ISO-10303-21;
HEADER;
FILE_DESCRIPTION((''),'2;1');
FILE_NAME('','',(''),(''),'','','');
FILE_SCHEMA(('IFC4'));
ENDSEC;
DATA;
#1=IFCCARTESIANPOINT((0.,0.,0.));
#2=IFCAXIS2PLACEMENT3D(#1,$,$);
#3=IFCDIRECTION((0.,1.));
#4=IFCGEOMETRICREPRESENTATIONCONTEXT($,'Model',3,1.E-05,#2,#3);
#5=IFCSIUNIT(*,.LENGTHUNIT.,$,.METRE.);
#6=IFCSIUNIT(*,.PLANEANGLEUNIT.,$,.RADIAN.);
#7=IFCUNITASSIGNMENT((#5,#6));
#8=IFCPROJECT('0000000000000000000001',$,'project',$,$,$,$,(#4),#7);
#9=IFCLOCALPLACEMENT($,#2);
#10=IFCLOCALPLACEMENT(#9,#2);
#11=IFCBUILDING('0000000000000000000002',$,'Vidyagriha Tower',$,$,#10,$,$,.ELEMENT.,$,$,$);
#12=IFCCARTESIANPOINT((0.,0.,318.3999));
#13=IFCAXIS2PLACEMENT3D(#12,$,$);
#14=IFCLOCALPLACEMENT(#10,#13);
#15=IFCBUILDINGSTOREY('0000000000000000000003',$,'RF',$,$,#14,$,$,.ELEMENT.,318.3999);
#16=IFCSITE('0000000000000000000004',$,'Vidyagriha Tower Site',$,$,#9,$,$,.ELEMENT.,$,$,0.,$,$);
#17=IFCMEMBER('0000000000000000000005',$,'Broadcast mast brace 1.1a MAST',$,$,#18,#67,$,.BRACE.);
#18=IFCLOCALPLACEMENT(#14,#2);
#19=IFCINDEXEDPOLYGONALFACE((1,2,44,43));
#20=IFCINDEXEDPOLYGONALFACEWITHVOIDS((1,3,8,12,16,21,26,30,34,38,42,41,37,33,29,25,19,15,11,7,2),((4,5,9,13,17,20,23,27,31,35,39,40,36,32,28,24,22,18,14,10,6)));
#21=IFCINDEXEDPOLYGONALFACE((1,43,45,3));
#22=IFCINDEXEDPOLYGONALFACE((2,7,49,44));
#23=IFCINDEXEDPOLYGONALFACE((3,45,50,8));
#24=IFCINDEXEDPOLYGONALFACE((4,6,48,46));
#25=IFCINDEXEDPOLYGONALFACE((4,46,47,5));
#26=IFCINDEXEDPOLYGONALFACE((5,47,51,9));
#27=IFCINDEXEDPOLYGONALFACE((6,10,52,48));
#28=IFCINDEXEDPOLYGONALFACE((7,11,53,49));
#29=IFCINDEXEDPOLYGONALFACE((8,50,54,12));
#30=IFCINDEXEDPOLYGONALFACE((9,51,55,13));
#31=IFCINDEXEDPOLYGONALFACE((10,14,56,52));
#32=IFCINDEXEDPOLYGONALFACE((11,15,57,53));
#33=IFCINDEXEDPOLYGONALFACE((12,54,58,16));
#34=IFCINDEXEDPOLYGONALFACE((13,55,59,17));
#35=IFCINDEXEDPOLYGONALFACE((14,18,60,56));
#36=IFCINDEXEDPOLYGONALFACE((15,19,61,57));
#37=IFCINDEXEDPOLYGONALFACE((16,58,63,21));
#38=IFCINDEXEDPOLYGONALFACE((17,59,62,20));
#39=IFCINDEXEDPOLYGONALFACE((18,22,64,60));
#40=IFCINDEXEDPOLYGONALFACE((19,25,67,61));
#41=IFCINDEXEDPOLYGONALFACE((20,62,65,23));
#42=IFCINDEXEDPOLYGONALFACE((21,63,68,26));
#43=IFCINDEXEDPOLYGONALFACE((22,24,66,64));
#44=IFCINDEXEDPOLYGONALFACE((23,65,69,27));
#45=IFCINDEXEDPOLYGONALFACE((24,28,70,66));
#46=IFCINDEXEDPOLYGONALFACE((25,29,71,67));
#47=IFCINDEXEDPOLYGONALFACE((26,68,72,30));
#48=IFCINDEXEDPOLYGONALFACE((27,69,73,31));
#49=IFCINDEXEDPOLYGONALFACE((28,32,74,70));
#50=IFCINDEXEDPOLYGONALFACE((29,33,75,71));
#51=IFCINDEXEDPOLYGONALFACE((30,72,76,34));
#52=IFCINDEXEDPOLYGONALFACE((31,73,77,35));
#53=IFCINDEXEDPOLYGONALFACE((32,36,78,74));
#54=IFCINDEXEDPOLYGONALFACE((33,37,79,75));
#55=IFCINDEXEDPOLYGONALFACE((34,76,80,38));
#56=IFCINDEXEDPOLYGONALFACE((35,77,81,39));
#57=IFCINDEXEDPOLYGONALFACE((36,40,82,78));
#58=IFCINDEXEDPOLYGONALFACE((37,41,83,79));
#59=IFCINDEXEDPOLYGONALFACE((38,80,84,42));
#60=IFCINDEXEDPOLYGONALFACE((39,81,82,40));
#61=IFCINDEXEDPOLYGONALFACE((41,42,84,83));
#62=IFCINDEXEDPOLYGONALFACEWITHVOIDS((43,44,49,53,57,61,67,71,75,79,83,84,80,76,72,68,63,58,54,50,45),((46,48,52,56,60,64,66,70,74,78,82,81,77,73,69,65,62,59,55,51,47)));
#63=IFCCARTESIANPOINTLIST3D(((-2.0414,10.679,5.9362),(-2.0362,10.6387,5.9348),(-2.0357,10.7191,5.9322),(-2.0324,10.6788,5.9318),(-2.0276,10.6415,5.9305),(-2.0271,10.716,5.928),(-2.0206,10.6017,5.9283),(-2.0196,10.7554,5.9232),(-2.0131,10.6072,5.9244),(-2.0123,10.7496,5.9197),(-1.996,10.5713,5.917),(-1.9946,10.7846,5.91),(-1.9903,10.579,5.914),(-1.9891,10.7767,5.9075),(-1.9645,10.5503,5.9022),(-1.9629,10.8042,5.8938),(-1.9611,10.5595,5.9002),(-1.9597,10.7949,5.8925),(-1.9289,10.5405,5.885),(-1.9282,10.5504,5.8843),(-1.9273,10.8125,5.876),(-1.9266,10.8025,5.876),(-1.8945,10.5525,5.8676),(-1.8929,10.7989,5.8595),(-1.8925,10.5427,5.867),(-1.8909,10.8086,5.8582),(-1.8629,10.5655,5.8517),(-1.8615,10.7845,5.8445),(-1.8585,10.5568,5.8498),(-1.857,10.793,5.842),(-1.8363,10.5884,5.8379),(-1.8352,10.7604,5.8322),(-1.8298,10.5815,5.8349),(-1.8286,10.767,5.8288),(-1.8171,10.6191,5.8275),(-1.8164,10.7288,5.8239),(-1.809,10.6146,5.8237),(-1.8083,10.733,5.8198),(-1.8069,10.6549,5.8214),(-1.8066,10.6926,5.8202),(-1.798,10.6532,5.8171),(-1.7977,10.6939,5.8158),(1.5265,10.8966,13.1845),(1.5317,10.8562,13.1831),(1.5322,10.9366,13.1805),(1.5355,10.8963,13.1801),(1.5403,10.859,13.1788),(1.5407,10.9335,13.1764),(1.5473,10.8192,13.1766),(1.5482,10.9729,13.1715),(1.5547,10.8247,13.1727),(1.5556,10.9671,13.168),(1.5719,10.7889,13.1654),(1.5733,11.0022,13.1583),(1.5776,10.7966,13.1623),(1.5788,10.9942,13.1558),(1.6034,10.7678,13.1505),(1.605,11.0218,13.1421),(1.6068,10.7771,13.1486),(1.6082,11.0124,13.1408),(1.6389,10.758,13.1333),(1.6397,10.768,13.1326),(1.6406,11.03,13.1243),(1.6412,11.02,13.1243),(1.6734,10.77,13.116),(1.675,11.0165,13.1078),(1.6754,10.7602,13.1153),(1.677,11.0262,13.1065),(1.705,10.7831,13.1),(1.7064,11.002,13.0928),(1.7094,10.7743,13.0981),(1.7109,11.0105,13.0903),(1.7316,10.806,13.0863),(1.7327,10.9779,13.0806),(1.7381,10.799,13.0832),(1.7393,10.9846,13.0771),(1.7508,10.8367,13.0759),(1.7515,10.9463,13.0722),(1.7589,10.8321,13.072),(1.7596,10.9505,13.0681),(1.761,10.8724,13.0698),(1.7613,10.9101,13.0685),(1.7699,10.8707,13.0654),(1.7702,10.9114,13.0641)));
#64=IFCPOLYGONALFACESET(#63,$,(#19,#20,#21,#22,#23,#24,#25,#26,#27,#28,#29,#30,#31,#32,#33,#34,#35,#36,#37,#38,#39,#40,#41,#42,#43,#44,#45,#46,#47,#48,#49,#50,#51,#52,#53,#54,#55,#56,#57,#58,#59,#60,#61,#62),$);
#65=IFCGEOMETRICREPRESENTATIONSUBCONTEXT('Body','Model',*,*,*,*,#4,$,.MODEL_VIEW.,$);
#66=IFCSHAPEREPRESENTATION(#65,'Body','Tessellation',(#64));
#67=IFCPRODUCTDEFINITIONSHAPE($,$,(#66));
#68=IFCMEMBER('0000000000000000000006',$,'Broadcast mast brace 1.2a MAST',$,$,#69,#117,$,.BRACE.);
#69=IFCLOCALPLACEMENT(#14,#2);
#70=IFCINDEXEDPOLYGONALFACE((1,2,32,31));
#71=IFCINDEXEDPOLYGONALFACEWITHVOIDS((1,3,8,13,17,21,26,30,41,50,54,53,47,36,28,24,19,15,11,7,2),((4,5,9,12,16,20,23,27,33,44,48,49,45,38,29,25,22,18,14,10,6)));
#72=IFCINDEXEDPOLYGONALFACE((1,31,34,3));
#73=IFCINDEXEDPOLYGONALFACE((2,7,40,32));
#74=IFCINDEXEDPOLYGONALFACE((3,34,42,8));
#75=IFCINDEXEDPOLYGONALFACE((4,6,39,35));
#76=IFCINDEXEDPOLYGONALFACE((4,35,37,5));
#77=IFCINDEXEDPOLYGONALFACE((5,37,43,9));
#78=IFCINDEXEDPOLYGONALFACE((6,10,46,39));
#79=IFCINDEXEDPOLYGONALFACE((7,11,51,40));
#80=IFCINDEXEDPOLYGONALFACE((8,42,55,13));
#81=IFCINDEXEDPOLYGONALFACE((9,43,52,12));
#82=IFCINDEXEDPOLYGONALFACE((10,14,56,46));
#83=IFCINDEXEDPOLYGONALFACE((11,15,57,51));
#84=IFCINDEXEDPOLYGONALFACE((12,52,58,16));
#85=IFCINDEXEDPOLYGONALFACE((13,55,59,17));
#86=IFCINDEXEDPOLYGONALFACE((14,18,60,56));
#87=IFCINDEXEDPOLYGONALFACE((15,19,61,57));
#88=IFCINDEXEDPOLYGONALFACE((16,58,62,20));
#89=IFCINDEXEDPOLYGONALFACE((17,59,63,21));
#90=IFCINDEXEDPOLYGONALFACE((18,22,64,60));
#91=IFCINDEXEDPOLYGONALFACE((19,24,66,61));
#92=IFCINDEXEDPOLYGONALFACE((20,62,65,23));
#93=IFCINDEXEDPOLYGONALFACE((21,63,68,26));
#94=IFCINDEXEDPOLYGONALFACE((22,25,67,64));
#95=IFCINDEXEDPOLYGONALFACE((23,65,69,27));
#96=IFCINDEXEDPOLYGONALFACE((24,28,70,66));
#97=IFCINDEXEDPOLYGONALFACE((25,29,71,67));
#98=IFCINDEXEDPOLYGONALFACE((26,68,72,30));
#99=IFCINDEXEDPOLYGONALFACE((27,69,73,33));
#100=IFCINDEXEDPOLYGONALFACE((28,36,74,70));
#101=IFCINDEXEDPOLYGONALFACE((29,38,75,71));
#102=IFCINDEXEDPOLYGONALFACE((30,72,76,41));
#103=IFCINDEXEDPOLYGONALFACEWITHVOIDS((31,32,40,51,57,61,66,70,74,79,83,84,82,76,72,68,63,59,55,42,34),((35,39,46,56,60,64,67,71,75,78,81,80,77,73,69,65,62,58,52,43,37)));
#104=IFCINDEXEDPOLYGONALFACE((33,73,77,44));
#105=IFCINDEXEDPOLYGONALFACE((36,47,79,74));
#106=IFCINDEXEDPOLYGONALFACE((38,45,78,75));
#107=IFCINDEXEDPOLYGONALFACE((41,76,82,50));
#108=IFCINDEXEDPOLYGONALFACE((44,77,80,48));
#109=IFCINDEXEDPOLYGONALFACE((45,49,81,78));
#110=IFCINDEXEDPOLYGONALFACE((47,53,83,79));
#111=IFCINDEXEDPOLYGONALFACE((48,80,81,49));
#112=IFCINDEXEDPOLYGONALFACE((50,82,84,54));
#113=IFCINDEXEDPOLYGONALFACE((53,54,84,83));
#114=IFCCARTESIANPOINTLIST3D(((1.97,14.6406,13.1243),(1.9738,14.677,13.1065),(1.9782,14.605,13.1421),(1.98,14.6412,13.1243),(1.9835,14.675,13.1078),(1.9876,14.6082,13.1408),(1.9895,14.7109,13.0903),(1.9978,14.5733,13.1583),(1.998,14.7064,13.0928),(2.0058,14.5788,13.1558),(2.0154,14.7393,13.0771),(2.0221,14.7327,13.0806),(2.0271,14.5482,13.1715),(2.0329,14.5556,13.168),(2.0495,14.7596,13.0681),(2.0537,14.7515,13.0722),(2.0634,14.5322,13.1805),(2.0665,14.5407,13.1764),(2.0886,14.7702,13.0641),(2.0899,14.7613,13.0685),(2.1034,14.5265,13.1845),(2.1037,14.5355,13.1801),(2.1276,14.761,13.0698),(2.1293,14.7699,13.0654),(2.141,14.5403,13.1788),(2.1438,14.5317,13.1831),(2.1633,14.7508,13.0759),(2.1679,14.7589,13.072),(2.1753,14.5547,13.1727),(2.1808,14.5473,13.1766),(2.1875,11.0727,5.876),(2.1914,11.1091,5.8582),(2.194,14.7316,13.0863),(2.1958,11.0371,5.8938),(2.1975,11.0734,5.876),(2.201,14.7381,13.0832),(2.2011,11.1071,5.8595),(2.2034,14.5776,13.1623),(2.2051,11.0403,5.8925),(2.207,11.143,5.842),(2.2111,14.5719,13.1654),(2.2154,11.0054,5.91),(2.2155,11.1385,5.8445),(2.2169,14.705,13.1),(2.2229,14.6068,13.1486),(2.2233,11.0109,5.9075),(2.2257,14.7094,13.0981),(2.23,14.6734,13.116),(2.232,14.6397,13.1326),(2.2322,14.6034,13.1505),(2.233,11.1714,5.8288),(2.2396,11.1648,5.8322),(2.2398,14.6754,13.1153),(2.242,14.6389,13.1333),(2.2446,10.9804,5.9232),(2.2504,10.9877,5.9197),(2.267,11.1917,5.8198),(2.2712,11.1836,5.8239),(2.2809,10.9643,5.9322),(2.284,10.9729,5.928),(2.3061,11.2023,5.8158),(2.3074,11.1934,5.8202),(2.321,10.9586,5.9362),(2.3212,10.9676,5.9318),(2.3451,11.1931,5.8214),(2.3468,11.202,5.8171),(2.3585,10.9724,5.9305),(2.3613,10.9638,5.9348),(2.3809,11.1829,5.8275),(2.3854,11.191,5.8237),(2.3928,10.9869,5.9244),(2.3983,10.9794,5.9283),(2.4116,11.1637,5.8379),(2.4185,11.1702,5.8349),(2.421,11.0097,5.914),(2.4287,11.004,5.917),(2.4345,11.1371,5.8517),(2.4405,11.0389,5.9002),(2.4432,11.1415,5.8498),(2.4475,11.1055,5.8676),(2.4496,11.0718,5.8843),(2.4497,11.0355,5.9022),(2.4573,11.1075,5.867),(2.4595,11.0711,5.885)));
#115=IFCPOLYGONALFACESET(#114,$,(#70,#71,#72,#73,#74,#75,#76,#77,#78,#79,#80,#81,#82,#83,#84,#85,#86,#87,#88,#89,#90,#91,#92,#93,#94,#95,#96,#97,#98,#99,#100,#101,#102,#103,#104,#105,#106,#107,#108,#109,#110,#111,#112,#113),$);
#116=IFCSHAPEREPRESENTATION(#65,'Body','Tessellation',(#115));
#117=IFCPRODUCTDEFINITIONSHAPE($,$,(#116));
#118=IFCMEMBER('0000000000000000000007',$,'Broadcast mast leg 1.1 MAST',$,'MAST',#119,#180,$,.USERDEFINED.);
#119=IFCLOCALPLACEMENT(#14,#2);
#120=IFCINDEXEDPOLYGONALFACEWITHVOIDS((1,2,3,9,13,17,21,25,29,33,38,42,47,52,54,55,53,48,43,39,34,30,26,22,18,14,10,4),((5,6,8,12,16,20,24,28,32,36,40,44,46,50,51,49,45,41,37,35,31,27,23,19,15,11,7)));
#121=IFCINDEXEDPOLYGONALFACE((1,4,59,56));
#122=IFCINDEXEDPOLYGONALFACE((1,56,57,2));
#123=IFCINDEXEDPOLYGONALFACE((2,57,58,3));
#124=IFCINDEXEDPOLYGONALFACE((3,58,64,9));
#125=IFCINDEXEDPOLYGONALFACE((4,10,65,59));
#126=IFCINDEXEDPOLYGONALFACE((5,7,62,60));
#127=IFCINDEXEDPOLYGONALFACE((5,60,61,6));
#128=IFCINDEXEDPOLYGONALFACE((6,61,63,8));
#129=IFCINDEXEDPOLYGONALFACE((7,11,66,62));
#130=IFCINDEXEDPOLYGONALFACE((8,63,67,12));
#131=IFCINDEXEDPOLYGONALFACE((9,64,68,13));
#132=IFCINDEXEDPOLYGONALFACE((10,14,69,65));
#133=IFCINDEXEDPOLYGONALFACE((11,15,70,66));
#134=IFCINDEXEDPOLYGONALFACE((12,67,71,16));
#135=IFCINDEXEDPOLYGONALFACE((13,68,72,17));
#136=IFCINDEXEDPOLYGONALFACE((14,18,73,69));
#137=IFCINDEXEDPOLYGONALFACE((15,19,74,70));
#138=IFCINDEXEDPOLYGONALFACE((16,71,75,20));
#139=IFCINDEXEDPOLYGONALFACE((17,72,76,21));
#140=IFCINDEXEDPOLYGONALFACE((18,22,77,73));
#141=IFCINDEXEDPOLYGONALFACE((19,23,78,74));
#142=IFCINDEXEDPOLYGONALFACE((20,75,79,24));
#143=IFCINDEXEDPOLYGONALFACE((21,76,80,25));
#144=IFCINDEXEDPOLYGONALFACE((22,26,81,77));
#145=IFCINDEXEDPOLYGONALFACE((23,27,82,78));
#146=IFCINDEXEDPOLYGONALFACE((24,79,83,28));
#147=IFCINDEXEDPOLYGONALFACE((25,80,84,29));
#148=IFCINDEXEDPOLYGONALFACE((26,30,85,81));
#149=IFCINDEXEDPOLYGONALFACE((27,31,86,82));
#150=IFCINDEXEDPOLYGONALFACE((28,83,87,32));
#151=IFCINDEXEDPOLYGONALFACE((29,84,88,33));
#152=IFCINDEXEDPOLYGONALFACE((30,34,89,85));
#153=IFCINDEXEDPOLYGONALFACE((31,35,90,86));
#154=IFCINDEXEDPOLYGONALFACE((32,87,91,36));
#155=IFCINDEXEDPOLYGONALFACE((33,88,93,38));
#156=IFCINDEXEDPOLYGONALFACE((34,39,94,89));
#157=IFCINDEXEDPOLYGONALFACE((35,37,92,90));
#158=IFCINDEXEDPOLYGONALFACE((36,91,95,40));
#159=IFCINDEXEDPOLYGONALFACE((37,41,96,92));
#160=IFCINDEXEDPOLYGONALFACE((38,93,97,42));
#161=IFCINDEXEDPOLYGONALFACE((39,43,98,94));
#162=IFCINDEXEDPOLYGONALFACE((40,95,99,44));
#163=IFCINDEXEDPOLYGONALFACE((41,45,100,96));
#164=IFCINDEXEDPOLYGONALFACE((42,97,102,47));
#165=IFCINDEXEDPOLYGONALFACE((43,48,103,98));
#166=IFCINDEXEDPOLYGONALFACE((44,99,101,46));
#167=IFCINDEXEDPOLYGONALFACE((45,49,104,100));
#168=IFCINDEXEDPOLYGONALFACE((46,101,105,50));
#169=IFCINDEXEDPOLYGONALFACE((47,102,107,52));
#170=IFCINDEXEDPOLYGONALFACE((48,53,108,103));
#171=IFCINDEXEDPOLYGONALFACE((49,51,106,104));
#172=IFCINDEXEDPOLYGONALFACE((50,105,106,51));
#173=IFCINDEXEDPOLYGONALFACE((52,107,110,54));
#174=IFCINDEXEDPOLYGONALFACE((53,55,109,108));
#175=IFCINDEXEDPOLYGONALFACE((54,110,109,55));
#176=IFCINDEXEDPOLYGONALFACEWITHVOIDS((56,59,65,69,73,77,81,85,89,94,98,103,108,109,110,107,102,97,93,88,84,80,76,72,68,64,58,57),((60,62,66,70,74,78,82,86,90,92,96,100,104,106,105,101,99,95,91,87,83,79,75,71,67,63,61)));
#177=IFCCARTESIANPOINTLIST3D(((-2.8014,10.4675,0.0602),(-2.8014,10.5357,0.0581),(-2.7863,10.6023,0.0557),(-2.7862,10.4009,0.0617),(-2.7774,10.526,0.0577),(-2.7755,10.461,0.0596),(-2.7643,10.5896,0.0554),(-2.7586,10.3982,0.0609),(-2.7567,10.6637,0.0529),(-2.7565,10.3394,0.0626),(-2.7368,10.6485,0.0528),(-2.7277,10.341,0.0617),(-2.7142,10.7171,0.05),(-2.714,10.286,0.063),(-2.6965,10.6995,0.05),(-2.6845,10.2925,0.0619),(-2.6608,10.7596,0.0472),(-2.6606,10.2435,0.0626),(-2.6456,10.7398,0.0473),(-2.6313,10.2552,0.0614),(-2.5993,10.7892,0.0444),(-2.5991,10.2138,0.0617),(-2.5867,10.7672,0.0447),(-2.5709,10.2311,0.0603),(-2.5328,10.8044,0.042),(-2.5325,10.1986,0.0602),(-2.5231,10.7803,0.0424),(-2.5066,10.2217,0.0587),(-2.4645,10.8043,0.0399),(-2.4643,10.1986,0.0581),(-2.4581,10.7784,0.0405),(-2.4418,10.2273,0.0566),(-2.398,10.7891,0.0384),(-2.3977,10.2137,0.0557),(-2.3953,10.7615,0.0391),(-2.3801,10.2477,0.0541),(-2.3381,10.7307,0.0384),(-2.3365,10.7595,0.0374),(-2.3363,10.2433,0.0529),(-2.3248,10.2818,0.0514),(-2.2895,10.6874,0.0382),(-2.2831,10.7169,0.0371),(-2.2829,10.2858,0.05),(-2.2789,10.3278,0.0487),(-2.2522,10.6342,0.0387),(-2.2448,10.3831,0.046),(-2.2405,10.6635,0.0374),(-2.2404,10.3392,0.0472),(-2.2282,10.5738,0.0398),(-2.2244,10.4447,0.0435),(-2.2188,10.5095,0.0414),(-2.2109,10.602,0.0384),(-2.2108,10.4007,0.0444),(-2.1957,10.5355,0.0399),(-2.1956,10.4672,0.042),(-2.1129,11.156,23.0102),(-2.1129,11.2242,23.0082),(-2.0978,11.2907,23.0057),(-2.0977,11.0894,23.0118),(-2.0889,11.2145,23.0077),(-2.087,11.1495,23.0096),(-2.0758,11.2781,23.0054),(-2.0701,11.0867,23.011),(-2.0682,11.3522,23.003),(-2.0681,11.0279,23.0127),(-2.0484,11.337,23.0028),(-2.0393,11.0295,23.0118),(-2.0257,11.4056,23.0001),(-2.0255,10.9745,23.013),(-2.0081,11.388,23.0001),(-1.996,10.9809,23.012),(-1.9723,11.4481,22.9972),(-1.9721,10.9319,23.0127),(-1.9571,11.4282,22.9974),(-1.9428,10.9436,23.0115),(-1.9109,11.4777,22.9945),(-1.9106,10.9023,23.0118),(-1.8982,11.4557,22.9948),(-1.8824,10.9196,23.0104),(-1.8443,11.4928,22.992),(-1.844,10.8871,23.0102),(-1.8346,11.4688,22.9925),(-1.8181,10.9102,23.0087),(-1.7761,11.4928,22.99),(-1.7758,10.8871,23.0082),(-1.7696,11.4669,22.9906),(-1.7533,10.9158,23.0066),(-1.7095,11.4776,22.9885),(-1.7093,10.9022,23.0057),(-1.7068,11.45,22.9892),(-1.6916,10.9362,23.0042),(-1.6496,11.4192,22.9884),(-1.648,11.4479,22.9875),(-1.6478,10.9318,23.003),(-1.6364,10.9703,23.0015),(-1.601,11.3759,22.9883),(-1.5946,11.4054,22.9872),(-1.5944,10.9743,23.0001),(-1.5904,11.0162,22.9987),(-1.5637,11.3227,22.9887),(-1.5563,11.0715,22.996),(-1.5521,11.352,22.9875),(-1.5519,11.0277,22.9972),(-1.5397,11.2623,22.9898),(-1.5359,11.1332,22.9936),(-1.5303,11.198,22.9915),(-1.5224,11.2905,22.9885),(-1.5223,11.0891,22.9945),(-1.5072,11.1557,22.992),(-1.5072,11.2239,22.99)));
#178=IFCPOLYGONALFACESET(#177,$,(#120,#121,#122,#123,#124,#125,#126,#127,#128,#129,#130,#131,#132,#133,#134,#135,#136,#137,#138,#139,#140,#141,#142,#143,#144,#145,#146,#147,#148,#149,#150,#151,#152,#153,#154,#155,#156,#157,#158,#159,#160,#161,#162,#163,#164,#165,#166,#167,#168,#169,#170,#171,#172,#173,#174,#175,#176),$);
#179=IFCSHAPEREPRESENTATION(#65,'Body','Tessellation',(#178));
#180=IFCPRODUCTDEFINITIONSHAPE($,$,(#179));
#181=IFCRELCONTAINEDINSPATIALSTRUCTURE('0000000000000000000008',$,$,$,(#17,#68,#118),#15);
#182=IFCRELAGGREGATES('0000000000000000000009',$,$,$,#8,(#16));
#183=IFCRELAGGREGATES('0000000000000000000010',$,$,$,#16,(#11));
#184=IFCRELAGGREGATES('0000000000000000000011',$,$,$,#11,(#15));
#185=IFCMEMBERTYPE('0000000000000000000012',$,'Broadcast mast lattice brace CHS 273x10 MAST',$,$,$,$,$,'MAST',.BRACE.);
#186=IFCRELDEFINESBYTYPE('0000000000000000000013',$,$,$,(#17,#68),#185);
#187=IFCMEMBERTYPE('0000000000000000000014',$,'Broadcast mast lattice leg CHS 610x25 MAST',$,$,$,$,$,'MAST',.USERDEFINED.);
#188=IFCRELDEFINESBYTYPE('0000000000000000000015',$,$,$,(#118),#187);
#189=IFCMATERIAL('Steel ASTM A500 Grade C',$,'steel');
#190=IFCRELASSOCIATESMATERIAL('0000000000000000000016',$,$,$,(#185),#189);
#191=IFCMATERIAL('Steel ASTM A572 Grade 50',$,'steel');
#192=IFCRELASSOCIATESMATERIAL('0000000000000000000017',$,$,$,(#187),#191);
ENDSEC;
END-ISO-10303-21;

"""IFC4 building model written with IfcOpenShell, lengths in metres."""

from ifc_helpers import new_model, si_unit, direction, frame, origin, origin_2d, place, context, subcontext, project, spatial, hollow_circle, extrude, material, material_profile, profile_set, type_object, element, save


model = new_model("IFC4")

# Units and contexts
model_context = context("Model", 3, precision=1e-05, world=origin(), true_north=direction((0.0, 1.0)))
body_context = subcontext(model_context, "Body", "Model", "MODEL_VIEW")
ifc_project = project(units=[si_unit("LENGTHUNIT", "METRE"), si_unit("PLANEANGLEUNIT", "RADIAN")], contexts=[model_context])

# Site, building, storey
site_placement = place(None, origin())
site = spatial("IfcSite", under=ifc_project, at=site_placement, Name="Vidyagriha Tower Site", CompositionType="ELEMENT", RefElevation=0.0)
building_placement = place(site_placement, origin())
building = spatial("IfcBuilding", under=site, at=building_placement, Name="Vidyagriha Tower", CompositionType="ELEMENT")
storey_placement = place(building_placement, frame((0.0, 0.0, 318.3999)))
storey = spatial("IfcBuildingStorey", under=building, at=storey_placement, Name="RF", CompositionType="ELEMENT", Elevation=318.3999)

# Members
ifc_material_1 = material(Name="Steel ASTM A500 Grade C", Category="steel")
ifc_material_profile_1 = material_profile(ifc_material_1, hollow_circle(Radius=0.1365, WallThickness=0.01, at=origin_2d()), Name="Broadcast mast lattice brace CHS 273x10 MAST")
ifc_profile_set_1 = profile_set([ifc_material_profile_1], Name="Steel ASTM A500 Grade C")
member_type_1 = type_object("IfcMemberType", Name="Broadcast mast lattice brace CHS 273x10 MAST", ElementType="MAST", PredefinedType="BRACE", material=ifc_profile_set_1)
for number, where, z_axis, x_axis, name in (
    (1, (-1.9189, 10.6763, 5.876), (0.441472, 0.026916, 0.896871), (-0.060856, 0.998147, 0.0), "Broadcast mast brace 1.1a MAST"),
    (2, (2.3237, 11.0811, 5.876), (-0.026916, 0.441472, 0.896871), (-0.998147, -0.060856, 0.0), "Broadcast mast brace 1.2a MAST"),
):
    element("IfcMember", number, at=place(storey_placement, frame(where, z_axis=z_axis, x_axis=x_axis)), inside=storey, type_object=member_type_1, Name=name, PredefinedType="BRACE", context=body_context, shape_type="SweptSolid", body=[
        extrude(hollow_circle(Radius=0.1365, WallThickness=0.01, at=origin_2d()), origin(), (0.0, 0.0, 1.0), 8.0818),
    ])
ifc_material_2 = material(Name="Steel ASTM A572 Grade 50", Category="steel")
ifc_material_profile_2 = material_profile(ifc_material_2, hollow_circle(Radius=0.3049, WallThickness=0.0249, at=origin_2d()), Name="Broadcast mast lattice leg CHS 610x25 MAST")
ifc_profile_set_2 = profile_set([ifc_material_profile_2], Name="Steel ASTM A572 Grade 50")
member_type_2 = type_object("IfcMemberType", Name="Broadcast mast lattice leg CHS 610x25 MAST", ElementType="MAST", PredefinedType="USERDEFINED", material=ifc_profile_set_2)
for number, where, z_axis, x_axis, name in (
    (3, (-2.4985, 10.5015, 0.05), (0.029972, 0.029972, 0.999101), (-0.707107, 0.707107, 0.0), "Broadcast mast leg 1.1 MAST"),
):
    element("IfcMember", number, at=place(storey_placement, frame(where, z_axis=z_axis, x_axis=x_axis)), inside=storey, type_object=member_type_2, Name=name, ObjectType="MAST", PredefinedType="USERDEFINED", context=body_context, shape_type="SweptSolid", body=[
        extrude(hollow_circle(Radius=0.3049, WallThickness=0.0249, at=origin_2d()), origin(), (0.0, 0.0, 1.0), 22.9707),
    ])

save(model, "model.ifc")
